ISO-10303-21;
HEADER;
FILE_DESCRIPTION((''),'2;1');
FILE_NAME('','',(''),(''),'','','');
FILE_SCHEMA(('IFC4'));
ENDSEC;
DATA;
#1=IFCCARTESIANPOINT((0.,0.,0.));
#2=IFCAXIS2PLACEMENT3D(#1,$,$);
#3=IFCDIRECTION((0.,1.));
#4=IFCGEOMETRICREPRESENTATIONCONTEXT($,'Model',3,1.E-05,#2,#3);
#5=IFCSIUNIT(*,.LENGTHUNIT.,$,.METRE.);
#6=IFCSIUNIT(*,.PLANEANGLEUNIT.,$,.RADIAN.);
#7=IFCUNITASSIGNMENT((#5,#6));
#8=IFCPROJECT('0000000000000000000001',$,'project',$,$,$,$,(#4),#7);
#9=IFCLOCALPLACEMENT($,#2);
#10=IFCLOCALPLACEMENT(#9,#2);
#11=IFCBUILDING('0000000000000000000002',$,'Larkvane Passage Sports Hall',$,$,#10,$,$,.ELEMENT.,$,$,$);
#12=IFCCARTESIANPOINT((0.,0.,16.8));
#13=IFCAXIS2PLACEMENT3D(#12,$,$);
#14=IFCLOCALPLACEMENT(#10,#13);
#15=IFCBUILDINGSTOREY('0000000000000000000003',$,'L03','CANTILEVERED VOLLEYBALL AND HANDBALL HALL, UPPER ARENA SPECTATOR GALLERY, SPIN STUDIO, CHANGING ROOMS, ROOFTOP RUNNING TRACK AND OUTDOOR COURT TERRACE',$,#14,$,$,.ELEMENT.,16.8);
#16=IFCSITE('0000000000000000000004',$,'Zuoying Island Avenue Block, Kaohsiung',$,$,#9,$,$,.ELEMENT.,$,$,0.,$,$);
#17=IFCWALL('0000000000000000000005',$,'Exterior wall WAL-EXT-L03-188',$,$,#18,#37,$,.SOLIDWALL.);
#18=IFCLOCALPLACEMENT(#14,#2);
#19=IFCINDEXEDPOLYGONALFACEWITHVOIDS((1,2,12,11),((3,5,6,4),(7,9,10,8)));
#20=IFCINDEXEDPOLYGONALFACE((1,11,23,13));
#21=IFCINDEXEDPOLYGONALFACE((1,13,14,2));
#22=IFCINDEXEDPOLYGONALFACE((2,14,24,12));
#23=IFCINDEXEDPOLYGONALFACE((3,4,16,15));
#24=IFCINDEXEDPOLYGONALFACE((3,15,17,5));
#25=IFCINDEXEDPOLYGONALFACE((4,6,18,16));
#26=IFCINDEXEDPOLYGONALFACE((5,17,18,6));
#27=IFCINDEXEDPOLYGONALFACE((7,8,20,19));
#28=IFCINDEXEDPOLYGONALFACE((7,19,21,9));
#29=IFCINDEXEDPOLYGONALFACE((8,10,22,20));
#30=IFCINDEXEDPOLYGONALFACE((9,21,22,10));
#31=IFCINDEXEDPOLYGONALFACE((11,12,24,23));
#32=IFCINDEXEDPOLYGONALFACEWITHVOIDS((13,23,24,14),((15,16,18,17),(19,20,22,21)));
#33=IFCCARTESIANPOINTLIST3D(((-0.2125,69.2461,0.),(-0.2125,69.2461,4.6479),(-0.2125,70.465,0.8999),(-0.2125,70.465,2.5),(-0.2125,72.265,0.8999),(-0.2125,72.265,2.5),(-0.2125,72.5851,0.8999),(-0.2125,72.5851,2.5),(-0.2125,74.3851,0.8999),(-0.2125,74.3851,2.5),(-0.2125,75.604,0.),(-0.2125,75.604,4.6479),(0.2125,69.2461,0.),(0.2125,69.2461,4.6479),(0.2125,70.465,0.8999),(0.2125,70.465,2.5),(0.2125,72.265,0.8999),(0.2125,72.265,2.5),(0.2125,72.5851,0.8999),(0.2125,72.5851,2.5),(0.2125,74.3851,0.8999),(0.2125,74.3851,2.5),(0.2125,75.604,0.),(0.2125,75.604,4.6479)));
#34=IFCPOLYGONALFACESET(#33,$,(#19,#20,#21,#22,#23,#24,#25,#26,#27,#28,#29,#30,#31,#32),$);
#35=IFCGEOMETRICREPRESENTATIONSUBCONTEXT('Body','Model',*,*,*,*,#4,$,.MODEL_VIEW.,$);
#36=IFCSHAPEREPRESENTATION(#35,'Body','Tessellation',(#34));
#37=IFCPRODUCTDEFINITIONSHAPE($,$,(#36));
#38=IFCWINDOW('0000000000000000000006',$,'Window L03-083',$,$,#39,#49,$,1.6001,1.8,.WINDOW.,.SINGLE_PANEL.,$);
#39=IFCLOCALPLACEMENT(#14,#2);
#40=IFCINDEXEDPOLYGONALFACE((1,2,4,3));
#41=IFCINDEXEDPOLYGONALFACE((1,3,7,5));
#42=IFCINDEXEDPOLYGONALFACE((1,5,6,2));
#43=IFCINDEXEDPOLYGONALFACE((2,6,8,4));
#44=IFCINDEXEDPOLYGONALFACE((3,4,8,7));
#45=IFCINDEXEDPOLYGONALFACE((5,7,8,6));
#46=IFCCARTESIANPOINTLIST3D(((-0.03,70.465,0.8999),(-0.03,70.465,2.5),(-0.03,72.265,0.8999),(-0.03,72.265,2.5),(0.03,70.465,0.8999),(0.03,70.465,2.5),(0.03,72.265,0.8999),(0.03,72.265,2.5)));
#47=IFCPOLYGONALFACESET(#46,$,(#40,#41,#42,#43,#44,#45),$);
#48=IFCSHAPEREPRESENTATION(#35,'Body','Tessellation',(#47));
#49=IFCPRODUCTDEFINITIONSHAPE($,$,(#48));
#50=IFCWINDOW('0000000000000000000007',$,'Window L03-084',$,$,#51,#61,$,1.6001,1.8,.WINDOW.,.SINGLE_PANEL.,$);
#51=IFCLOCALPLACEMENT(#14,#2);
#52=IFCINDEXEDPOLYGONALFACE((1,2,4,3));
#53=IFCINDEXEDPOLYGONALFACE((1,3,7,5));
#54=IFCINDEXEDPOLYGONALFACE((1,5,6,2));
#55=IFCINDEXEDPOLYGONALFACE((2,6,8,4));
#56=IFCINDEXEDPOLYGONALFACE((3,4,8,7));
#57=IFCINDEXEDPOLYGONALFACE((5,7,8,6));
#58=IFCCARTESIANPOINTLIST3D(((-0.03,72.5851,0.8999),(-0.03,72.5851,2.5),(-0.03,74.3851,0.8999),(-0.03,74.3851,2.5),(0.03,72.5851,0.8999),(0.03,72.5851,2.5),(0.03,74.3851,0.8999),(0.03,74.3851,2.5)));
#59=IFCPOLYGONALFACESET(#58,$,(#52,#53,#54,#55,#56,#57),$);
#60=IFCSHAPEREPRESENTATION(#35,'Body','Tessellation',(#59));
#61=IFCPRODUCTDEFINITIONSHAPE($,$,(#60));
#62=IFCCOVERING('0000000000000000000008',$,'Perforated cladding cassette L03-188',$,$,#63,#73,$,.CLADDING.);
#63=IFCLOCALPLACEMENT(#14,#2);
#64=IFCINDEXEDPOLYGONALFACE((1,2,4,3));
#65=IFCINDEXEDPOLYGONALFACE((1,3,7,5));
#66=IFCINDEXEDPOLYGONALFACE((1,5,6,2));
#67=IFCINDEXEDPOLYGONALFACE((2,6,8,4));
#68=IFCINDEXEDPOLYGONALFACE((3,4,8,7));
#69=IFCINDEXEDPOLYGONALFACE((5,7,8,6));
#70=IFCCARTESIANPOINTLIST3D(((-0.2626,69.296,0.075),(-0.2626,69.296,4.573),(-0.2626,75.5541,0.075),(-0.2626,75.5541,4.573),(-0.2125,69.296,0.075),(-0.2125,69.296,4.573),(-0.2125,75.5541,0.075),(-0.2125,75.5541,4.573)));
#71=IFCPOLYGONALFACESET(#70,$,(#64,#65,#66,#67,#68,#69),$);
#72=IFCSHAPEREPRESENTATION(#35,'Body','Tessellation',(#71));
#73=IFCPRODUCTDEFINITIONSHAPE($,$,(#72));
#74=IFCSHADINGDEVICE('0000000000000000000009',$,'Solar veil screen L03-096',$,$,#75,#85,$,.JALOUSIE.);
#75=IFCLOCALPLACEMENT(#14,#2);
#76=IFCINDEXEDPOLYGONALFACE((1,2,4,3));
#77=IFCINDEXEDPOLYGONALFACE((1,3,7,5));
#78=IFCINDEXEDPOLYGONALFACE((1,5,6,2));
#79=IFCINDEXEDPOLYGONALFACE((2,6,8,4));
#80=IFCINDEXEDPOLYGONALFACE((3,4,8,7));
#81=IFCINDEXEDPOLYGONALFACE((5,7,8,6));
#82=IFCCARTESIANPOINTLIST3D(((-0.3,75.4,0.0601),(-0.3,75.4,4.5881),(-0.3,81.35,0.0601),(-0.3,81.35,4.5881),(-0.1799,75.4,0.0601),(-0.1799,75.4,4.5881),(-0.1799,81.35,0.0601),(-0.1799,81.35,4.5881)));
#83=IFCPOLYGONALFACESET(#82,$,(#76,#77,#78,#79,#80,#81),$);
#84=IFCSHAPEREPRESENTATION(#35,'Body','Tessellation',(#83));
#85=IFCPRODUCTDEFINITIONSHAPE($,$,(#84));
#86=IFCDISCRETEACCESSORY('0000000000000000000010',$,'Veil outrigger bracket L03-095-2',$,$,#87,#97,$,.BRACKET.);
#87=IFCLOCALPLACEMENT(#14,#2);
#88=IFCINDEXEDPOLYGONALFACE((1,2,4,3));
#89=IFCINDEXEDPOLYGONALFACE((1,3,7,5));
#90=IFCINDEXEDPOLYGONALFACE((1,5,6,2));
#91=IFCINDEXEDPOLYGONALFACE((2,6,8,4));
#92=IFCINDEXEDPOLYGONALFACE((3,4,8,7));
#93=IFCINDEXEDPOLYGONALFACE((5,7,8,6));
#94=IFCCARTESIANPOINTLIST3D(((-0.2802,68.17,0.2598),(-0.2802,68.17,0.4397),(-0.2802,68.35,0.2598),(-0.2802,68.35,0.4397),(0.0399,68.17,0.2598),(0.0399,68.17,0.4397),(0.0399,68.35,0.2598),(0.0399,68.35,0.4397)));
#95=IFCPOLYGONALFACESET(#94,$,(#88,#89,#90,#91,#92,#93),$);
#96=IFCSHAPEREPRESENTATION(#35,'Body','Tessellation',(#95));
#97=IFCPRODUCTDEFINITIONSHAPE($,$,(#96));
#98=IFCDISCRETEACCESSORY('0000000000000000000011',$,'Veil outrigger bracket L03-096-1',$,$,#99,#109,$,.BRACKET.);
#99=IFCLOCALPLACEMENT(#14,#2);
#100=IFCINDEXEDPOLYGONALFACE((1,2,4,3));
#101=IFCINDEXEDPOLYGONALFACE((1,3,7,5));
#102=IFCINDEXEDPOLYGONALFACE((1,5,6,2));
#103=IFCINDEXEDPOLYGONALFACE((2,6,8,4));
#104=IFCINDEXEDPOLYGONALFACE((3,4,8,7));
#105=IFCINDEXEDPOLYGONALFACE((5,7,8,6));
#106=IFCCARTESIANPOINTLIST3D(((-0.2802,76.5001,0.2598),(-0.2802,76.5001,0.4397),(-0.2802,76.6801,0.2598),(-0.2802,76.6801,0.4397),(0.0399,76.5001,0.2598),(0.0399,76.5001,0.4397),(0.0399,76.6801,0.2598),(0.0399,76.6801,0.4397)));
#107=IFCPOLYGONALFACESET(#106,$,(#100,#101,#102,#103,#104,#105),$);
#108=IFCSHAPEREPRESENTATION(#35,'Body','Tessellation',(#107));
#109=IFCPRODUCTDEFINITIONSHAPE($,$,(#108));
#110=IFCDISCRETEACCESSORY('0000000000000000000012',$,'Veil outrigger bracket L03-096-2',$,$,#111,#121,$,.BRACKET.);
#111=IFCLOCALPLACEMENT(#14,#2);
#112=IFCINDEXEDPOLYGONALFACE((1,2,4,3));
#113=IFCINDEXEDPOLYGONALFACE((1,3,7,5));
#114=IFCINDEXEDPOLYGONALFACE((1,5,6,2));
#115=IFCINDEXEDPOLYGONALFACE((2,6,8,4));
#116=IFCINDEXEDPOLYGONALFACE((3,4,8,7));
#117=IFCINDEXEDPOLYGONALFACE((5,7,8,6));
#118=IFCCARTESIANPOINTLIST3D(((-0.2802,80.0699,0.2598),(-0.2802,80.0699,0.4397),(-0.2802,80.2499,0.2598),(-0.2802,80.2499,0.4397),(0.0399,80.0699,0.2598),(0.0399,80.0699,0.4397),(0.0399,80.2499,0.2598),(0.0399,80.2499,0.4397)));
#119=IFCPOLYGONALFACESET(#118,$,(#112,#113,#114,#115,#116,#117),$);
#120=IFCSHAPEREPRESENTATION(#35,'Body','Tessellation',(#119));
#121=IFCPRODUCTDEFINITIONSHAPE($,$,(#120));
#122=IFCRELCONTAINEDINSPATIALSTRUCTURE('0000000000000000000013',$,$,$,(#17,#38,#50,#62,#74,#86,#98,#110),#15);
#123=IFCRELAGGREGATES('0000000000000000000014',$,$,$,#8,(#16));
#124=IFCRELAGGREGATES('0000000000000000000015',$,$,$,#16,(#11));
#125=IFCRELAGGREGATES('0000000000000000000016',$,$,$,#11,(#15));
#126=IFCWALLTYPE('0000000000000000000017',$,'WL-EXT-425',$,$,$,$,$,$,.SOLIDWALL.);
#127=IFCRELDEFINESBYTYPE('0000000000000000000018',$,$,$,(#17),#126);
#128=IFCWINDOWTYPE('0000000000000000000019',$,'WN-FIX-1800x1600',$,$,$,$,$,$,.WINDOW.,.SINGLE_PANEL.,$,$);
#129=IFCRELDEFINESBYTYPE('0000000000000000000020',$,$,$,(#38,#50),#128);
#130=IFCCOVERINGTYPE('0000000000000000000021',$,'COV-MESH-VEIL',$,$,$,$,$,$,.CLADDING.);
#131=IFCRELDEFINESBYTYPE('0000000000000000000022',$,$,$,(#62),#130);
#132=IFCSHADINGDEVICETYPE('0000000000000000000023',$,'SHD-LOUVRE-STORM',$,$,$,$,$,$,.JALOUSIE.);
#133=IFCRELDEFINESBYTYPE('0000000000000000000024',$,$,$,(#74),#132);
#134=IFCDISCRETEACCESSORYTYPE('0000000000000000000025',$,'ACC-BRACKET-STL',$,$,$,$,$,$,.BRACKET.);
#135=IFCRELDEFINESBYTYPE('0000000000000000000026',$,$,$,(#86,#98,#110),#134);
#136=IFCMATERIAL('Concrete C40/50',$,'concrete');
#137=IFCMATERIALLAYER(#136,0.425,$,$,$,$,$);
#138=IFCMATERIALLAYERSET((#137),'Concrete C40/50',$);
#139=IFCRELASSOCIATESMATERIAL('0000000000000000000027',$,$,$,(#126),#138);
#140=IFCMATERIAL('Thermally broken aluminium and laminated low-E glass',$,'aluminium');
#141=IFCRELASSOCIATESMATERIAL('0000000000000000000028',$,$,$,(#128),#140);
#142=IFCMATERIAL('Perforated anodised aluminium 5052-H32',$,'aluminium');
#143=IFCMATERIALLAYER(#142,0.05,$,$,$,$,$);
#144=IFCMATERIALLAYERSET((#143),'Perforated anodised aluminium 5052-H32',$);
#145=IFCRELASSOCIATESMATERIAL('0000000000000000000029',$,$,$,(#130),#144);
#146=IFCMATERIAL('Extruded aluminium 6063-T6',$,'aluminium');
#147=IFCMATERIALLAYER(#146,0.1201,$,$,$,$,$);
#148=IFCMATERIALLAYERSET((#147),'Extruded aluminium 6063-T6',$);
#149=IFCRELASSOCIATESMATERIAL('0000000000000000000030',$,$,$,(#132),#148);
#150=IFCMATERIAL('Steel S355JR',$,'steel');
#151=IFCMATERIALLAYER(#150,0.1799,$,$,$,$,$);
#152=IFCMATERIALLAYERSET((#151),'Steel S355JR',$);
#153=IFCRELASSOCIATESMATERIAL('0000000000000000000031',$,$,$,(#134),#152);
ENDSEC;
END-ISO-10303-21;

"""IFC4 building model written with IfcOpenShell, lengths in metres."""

from ifc_helpers import new_model, si_unit, direction, frame, frame_2d, origin, origin_2d, place, context, subcontext, project, spatial, rectangle, extrude, material, layer, layer_set, type_object, element, fill, save


model = new_model("IFC4")

# Units and contexts
model_context = context("Model", 3, precision=1e-05, world=origin(), true_north=direction((0.0, 1.0)))
body_context = subcontext(model_context, "Body", "Model", "MODEL_VIEW")
ifc_project = project(units=[si_unit("LENGTHUNIT", "METRE"), si_unit("PLANEANGLEUNIT", "RADIAN")], contexts=[model_context])

# Site, building, storey
site_placement = place(None, origin())
site = spatial("IfcSite", under=ifc_project, at=site_placement, Name="Zuoying Island Avenue Block, Kaohsiung", CompositionType="ELEMENT", RefElevation=0.0)
building_placement = place(site_placement, origin())
building = spatial("IfcBuilding", under=site, at=building_placement, Name="Larkvane Passage Sports Hall", CompositionType="ELEMENT")
storey_placement = place(building_placement, frame((0.0, 0.0, 16.8)))
storey = spatial("IfcBuildingStorey", under=building, at=storey_placement, Name="L03", Description="CANTILEVERED VOLLEYBALL AND HANDBALL HALL, UPPER ARENA SPECTATOR GALLERY, SPIN STUDIO, CHANGING ROOMS, ROOFTOP RUNNING TRACK AND OUTDOOR COURT TERRACE", CompositionType="ELEMENT", Elevation=16.8)

# Wall, openings, windows
ifc_material_1 = material(Name="Concrete C40/50", Category="concrete")
ifc_layer_1 = layer(ifc_material_1, 0.425)
ifc_layer_set_1 = layer_set([ifc_layer_1], Name="Concrete C40/50")
wall_type = type_object("IfcWallType", Name="WL-EXT-425", PredefinedType="SOLIDWALL", material=ifc_layer_set_1)
wall_placement = place(storey_placement, frame((0.0, 69.2461, 0.0), z_axis=(0.0, 0.0, 1.0), x_axis=(0.0, 1.0, 0.0)))
wall = element("IfcWall", 1, at=wall_placement, inside=storey, type_object=wall_type, Name="Exterior wall WAL-EXT-L03-188", PredefinedType="SOLIDWALL", context=body_context, shape_type="SweptSolid", body=[
    extrude(rectangle(XDim=6.3579, YDim=0.425, at=frame_2d((3.179, 0.0))), origin(), (0.0, 0.0, 1.0), 4.6479),
])
opening_1_placement = place(wall_placement, frame((1.219, 0.0, 0.8999)))
opening_1 = element("IfcOpeningElement", 2, at=opening_1_placement, cuts=wall, PredefinedType="OPENING", context=body_context, shape_type="SweptSolid", body=[
    extrude(rectangle(XDim=1.8, YDim=1.6001, at=frame_2d((0.8999, 0.8))), frame((0.0, 0.2224, 0.0), z_axis=(0.0, -1.0, 0.0), x_axis=(1.0, 0.0, 0.0)), (0.0, 0.0, 1.0), 0.4451),
])
opening_2_placement = place(wall_placement, frame((3.3391, 0.0, 0.8999)))
opening_2 = element("IfcOpeningElement", 3, at=opening_2_placement, cuts=wall, PredefinedType="OPENING", context=body_context, shape_type="SweptSolid", body=[
    extrude(rectangle(XDim=1.8, YDim=1.6001, at=frame_2d((0.8999, 0.8))), frame((0.0, 0.2224, 0.0), z_axis=(0.0, -1.0, 0.0), x_axis=(1.0, 0.0, 0.0)), (0.0, 0.0, 1.0), 0.4451),
])
ifc_material_2 = material(Name="Thermally broken aluminium and laminated low-E glass", Category="aluminium")
window_type = type_object("IfcWindowType", Name="WN-FIX-1800x1600", PartitioningType="SINGLE_PANEL", PredefinedType="WINDOW", material=ifc_material_2)
window_1_placement = place(opening_1_placement, origin())
window_1 = element("IfcWindow", 4, at=window_1_placement, inside=storey, type_object=window_type, Name="Window L03-083", OverallHeight=1.6001, OverallWidth=1.8, PartitioningType="SINGLE_PANEL", PredefinedType="WINDOW", context=body_context, shape_type="SweptSolid", body=[
    extrude(rectangle(XDim=1.8, YDim=1.6001, at=frame_2d((0.8999, 0.8))), frame((0.0, 0.03, 0.0), z_axis=(0.0, -1.0, 0.0), x_axis=(1.0, 0.0, 0.0)), (0.0, 0.0, 1.0), 0.0601),
])
fill(opening_1, window_1)
window_2_placement = place(opening_2_placement, origin())
window_2 = element("IfcWindow", 5, at=window_2_placement, inside=storey, type_object=window_type, Name="Window L03-084", OverallHeight=1.6001, OverallWidth=1.8, PartitioningType="SINGLE_PANEL", PredefinedType="WINDOW", context=body_context, shape_type="SweptSolid", body=[
    extrude(rectangle(XDim=1.8, YDim=1.6001, at=frame_2d((0.8999, 0.8))), frame((0.0, 0.03, 0.0), z_axis=(0.0, -1.0, 0.0), x_axis=(1.0, 0.0, 0.0)), (0.0, 0.0, 1.0), 0.0601),
])
fill(opening_2, window_2)

# Covering
ifc_material_3 = material(Name="Perforated anodised aluminium 5052-H32", Category="aluminium")
ifc_layer_2 = layer(ifc_material_3, 0.05)
ifc_layer_set_2 = layer_set([ifc_layer_2], Name="Perforated anodised aluminium 5052-H32")
covering_type = type_object("IfcCoveringType", Name="COV-MESH-VEIL", PredefinedType="CLADDING", material=ifc_layer_set_2)
covering_placement = place(storey_placement, frame((-0.2375, 72.425, 0.075), z_axis=(0.0, 0.0, 1.0), x_axis=(0.0, 1.0, 0.0)))
element("IfcCovering", 6, at=covering_placement, inside=storey, type_object=covering_type, Name="Perforated cladding cassette L03-188", PredefinedType="CLADDING", context=body_context, shape_type="SweptSolid", body=[
    extrude(rectangle(XDim=6.2581, YDim=0.05, at=origin_2d()), origin(), (0.0, 0.0, 1.0), 4.498),
])

# Shading device
ifc_material_4 = material(Name="Extruded aluminium 6063-T6", Category="aluminium")
ifc_layer_3 = layer(ifc_material_4, 0.1201)
ifc_layer_set_3 = layer_set([ifc_layer_3], Name="Extruded aluminium 6063-T6")
shading_device_type = type_object("IfcShadingDeviceType", Name="SHD-LOUVRE-STORM", PredefinedType="JALOUSIE", material=ifc_layer_set_3)
shading_device_placement = place(storey_placement, frame((-0.24, 78.375, 0.0601), z_axis=(0.0, 0.0, 1.0), x_axis=(0.0, 1.0, 0.0)))
element("IfcShadingDevice", 7, at=shading_device_placement, inside=storey, type_object=shading_device_type, Name="Solar veil screen L03-096", PredefinedType="JALOUSIE", context=body_context, shape_type="SweptSolid", body=[
    extrude(rectangle(XDim=5.95, YDim=0.1201, at=origin_2d()), origin(), (0.0, 0.0, 1.0), 4.5281),
])

# Discrete accessories
ifc_material_5 = material(Name="Steel S355JR", Category="steel")
ifc_layer_4 = layer(ifc_material_5, 0.1799)
ifc_layer_set_4 = layer_set([ifc_layer_4], Name="Steel S355JR")
discrete_accessory_type = type_object("IfcDiscreteAccessoryType", Name="ACC-BRACKET-STL", PredefinedType="BRACKET", material=ifc_layer_set_4)
for number, where, z_axis, x_axis, name in (
    (8, (-0.1201, 68.26, 0.2598), (0.0, 0.0, 1.0), (0.0, 1.0, 0.0), "Veil outrigger bracket L03-095-2"),
    (9, (-0.1201, 76.5901, 0.2598), (0.0, 0.0, 1.0), (0.0, 1.0, 0.0), "Veil outrigger bracket L03-096-1"),
    (10, (-0.1201, 80.1599, 0.2598), (0.0, 0.0, 1.0), (0.0, 1.0, 0.0), "Veil outrigger bracket L03-096-2"),
):
    element("IfcDiscreteAccessory", number, at=place(storey_placement, frame(where, z_axis=z_axis, x_axis=x_axis)), inside=storey, type_object=discrete_accessory_type, Name=name, PredefinedType="BRACKET", context=body_context, shape_type="SweptSolid", body=[
        extrude(rectangle(XDim=0.1799, YDim=0.3201, at=origin_2d()), origin(), (0.0, 0.0, 1.0), 0.1799),
    ])

save(model, "model.ifc")
